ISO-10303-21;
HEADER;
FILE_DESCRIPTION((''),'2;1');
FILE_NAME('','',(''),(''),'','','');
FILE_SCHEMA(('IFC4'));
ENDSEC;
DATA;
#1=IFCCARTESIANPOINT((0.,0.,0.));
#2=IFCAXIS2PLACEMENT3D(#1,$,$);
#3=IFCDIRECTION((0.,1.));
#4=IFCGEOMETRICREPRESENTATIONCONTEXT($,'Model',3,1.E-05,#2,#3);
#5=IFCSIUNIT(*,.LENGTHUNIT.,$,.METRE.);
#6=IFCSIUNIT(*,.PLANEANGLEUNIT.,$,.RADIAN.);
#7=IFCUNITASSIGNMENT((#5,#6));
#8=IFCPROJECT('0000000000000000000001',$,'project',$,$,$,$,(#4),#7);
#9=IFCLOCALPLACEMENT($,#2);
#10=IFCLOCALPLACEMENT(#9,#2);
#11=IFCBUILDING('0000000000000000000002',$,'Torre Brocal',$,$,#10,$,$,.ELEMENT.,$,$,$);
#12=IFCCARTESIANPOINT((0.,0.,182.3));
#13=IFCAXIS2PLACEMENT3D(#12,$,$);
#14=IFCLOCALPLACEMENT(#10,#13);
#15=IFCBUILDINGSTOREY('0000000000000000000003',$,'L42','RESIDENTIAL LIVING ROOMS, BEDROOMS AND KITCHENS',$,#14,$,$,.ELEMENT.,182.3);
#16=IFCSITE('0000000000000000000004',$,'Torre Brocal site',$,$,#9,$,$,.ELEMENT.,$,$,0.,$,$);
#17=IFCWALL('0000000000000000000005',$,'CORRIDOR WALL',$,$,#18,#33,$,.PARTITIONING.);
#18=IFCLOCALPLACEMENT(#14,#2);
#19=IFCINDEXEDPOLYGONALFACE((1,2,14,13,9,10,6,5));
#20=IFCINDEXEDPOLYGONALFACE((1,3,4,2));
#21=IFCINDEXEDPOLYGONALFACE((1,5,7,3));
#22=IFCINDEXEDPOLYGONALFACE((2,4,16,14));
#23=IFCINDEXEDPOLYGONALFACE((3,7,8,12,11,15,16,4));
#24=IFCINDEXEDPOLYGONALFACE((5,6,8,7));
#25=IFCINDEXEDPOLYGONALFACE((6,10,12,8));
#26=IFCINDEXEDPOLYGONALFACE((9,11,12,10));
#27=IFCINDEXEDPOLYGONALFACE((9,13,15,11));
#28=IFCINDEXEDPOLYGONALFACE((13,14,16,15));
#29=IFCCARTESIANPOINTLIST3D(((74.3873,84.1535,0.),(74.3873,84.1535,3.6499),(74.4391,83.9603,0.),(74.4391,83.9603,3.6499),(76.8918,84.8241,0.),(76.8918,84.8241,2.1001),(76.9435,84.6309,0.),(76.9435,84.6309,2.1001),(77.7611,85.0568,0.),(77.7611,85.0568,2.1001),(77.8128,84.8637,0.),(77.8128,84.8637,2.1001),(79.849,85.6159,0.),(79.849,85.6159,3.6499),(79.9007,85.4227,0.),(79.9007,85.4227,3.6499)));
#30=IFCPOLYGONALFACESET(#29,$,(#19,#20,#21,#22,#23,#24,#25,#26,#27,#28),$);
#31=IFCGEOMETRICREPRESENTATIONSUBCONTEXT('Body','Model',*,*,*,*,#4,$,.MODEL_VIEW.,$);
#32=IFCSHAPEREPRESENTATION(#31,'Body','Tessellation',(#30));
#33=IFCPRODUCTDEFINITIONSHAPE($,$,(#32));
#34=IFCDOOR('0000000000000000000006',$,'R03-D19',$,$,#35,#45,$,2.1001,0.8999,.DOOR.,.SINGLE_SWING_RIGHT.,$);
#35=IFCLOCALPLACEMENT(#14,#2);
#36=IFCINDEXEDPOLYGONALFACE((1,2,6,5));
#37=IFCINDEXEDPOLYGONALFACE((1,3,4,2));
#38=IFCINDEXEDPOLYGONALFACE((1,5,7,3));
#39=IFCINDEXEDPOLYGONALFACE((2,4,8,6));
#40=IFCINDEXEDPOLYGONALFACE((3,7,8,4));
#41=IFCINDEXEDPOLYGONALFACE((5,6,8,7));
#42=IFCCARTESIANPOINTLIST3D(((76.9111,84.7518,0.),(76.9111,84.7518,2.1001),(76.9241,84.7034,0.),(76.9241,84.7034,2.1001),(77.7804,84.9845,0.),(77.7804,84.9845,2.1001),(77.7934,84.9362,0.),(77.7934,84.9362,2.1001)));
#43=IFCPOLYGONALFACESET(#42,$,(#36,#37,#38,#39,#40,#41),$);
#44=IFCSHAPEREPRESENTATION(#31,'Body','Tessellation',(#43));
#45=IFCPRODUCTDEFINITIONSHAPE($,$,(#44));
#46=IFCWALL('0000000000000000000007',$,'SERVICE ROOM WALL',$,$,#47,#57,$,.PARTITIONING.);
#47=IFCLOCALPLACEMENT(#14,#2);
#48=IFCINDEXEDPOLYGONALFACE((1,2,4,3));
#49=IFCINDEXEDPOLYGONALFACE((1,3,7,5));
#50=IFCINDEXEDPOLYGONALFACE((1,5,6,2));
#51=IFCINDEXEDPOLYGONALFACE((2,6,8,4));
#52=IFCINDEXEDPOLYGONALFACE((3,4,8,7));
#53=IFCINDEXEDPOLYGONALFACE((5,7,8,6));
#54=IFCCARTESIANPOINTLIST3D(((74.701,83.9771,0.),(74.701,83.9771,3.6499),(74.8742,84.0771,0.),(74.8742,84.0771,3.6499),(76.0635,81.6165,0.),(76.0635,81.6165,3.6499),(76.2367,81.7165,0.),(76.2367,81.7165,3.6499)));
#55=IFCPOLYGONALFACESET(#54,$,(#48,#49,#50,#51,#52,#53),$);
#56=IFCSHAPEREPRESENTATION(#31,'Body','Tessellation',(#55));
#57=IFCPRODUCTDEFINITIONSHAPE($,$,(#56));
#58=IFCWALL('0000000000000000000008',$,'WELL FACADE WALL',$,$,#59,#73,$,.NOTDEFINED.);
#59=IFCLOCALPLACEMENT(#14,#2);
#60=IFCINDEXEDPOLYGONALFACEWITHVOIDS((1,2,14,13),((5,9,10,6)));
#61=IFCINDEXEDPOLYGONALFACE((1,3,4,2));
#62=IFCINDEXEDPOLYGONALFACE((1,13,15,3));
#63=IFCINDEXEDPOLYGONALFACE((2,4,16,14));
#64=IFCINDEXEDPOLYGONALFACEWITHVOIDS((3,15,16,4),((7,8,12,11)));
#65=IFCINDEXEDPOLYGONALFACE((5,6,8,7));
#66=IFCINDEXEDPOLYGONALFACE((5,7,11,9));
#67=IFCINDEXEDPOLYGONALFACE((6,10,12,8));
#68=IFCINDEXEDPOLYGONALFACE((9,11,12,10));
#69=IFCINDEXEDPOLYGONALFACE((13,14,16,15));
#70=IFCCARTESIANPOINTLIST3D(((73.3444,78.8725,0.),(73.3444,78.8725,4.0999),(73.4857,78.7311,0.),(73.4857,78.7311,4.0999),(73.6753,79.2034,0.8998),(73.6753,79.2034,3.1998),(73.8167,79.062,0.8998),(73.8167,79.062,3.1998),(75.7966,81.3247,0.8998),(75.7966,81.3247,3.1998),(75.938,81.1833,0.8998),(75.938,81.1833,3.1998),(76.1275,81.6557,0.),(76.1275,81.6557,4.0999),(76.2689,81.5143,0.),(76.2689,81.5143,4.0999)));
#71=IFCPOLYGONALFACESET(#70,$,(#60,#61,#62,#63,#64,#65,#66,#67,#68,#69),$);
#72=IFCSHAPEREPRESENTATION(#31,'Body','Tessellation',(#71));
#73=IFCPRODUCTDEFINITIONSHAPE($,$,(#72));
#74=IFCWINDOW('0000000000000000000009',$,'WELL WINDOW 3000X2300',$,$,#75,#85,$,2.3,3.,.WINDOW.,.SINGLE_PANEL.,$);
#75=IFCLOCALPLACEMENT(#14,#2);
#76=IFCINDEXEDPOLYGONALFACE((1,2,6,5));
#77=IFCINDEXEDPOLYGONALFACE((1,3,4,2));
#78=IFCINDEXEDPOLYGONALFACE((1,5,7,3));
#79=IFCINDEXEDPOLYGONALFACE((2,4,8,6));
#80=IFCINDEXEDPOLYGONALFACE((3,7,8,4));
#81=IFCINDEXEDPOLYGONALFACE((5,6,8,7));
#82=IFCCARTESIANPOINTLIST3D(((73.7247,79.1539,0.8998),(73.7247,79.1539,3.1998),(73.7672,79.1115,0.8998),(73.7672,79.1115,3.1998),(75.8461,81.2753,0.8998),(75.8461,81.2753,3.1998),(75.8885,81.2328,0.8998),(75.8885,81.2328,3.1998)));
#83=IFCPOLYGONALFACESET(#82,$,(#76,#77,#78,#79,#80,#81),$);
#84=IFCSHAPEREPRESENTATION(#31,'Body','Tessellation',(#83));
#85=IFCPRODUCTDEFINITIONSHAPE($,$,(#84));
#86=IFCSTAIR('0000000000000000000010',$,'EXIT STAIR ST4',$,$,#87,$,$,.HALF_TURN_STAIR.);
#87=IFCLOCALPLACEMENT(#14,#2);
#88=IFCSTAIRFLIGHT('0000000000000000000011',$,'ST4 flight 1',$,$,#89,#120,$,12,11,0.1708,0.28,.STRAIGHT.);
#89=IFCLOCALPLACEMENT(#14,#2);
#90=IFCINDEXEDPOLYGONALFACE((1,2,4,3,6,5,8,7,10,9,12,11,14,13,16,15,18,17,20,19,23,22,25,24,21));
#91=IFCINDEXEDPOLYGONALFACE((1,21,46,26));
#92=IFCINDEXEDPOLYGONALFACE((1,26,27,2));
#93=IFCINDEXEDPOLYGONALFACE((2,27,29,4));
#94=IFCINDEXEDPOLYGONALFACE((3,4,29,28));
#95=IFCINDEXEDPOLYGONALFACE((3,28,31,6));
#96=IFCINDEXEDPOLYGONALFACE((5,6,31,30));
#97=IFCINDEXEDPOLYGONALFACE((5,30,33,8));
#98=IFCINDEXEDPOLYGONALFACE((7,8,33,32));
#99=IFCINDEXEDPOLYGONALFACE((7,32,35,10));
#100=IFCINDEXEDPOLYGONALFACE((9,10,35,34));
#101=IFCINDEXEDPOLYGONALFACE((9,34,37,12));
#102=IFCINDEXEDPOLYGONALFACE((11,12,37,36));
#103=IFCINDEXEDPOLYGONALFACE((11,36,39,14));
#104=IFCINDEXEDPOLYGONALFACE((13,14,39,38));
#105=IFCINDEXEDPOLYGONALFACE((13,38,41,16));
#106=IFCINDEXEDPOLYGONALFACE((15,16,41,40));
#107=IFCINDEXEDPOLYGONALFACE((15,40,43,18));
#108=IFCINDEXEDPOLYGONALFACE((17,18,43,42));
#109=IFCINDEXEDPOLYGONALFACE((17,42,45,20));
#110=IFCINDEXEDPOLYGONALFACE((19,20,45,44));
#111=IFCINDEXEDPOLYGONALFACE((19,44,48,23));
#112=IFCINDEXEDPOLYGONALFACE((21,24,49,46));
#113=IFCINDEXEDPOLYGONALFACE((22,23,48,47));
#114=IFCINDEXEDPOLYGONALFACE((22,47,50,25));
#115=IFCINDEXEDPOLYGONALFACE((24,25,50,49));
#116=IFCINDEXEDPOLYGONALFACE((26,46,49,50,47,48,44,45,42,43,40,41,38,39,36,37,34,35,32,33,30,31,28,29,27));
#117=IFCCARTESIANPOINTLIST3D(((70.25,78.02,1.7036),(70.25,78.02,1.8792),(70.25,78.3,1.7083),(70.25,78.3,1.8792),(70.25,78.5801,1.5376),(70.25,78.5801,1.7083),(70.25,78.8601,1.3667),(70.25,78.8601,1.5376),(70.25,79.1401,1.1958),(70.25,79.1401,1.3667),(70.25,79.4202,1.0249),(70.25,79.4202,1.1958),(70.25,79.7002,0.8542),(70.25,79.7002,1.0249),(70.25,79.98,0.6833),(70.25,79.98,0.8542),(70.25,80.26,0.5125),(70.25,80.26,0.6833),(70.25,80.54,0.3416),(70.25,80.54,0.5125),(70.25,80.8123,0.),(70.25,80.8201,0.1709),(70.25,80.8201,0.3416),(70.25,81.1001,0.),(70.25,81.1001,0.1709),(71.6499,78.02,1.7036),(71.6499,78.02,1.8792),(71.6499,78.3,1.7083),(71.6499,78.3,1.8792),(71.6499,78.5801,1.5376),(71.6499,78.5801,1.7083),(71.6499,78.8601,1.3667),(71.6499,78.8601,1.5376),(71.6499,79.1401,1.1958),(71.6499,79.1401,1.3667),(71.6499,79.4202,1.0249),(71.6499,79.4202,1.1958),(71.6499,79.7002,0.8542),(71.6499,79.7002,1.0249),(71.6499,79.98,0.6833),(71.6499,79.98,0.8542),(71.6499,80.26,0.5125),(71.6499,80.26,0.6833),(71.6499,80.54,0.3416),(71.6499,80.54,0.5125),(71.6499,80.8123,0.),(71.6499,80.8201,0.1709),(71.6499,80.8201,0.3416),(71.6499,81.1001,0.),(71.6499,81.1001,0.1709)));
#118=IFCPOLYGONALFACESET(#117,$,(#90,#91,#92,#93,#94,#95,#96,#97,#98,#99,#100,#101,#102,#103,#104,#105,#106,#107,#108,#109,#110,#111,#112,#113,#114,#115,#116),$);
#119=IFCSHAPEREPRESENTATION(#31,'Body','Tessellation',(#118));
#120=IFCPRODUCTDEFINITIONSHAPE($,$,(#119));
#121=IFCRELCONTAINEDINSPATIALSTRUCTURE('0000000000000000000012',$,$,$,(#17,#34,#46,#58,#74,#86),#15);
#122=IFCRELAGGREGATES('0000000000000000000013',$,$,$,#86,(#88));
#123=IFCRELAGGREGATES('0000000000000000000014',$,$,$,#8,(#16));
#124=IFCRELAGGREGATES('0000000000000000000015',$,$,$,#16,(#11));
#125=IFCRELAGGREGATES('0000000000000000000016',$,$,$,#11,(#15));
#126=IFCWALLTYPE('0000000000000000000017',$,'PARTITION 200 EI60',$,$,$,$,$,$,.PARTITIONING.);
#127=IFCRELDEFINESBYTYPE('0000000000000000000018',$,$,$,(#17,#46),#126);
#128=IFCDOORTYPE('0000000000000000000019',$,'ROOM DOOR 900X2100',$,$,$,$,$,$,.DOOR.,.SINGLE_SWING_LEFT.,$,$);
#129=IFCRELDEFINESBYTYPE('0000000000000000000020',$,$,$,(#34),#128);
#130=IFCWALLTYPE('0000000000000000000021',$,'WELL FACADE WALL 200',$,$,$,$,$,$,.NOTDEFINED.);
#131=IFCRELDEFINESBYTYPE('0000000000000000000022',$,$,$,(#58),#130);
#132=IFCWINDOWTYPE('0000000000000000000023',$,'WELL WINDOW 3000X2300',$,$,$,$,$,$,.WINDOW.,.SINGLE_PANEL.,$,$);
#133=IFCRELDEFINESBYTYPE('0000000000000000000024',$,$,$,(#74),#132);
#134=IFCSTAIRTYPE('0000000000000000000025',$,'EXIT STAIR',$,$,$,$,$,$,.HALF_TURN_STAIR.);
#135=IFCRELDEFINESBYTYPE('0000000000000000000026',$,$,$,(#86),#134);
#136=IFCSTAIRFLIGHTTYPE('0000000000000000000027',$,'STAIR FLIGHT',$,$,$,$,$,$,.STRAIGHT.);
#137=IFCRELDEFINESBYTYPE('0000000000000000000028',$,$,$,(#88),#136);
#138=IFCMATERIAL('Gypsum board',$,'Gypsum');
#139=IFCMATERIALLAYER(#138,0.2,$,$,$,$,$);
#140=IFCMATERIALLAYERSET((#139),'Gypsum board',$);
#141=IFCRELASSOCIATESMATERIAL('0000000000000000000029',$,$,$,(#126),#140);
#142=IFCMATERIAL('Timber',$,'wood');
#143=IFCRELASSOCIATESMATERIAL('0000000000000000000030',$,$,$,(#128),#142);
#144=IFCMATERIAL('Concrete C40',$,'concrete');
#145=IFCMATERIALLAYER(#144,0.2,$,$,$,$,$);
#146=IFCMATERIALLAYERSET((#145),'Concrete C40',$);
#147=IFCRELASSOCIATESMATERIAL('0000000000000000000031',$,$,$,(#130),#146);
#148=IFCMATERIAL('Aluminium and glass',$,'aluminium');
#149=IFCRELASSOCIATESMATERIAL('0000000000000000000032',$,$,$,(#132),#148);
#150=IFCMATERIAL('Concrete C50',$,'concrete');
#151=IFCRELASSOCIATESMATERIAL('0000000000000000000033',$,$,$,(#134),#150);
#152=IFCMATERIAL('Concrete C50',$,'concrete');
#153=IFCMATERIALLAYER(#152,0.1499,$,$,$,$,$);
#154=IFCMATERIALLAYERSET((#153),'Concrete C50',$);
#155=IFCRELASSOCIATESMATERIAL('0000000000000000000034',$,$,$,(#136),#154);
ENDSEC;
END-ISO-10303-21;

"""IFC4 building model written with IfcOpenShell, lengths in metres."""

from ifc_helpers import new_model, si_unit, direction, frame, frame_2d, origin, place, context, subcontext, project, spatial, polyline, rectangle, outline, extrude, material, layer, layer_set, type_object, element, fill, aggregate, save


model = new_model("IFC4")

# Units and contexts
model_context = context("Model", 3, precision=1e-05, world=origin(), true_north=direction((0.0, 1.0)))
body_context = subcontext(model_context, "Body", "Model", "MODEL_VIEW")
ifc_project = project(units=[si_unit("LENGTHUNIT", "METRE"), si_unit("PLANEANGLEUNIT", "RADIAN")], contexts=[model_context])

# Site, building, storey
site_placement = place(None, origin())
site = spatial("IfcSite", under=ifc_project, at=site_placement, Name="Torre Brocal site", CompositionType="ELEMENT", RefElevation=0.0)
building_placement = place(site_placement, origin())
building = spatial("IfcBuilding", under=site, at=building_placement, Name="Torre Brocal", CompositionType="ELEMENT")
storey_placement = place(building_placement, frame((0.0, 0.0, 182.3)))
storey = spatial("IfcBuildingStorey", under=building, at=storey_placement, Name="L42", Description="RESIDENTIAL LIVING ROOMS, BEDROOMS AND KITCHENS", CompositionType="ELEMENT", Elevation=182.3)

# Wall, opening, door
ifc_material_1 = material(Name="Gypsum board", Category="Gypsum")
ifc_layer_1 = layer(ifc_material_1, 0.2)
ifc_layer_set_1 = layer_set([ifc_layer_1], Name="Gypsum board")
wall_type_1 = type_object("IfcWallType", Name="PARTITION 200 EI60", PredefinedType="PARTITIONING", material=ifc_layer_set_1)
ifc_material_2 = material(Name="Timber", Category="wood")
door_type_1 = type_object("IfcDoorType", Name="ROOM DOOR 900X2100", OperationType="SINGLE_SWING_LEFT", PredefinedType="DOOR", material=ifc_material_2)
wall_1_placement = place(storey_placement, frame((74.4131, 84.0569, 0.0), z_axis=(0.0, 0.0, 1.0), x_axis=(0.965972, 0.258646, 0.0)))
wall_1 = element("IfcWall", 1, at=wall_1_placement, inside=storey, type_object=wall_type_1, Name="CORRIDOR WALL", PredefinedType="PARTITIONING", context=body_context, shape_type="SweptSolid", body=[
    extrude(rectangle(XDim=5.6541, YDim=0.2, at=frame_2d((2.8271, 0.0))), origin(), (0.0, 0.0, 1.0), 3.6499),
])
opening_1_placement = place(wall_1_placement, frame((2.5928, 0.0, 0.0)))
opening_1 = element("IfcOpeningElement", 2, at=opening_1_placement, cuts=wall_1, PredefinedType="OPENING", context=body_context, shape_type="SweptSolid", body=[
    extrude(rectangle(XDim=0.8999, YDim=2.1001, at=frame_2d((0.45, 1.05))), frame((0.0, 0.1099, 0.0), z_axis=(0.0, -1.0, 0.0), x_axis=(1.0, 0.0, 0.0)), (0.0, 0.0, 1.0), 0.22),
])
door_1_placement = place(opening_1_placement, frame((0.8999, 0.0, 0.0), z_axis=(0.0, 0.0, 1.0), x_axis=(-1.0, 0.0, 0.0)))
door_1 = element("IfcDoor", 3, at=door_1_placement, inside=storey, type_object=door_type_1, Name="R03-D19", OperationType="SINGLE_SWING_RIGHT", OverallHeight=2.1001, OverallWidth=0.8999, PredefinedType="DOOR", context=body_context, shape_type="SweptSolid", body=[
    extrude(rectangle(XDim=0.8999, YDim=2.1001, at=frame_2d((0.45, 1.05))), frame((0.0, 0.0249, 0.0), z_axis=(0.0, -1.0, 0.0), x_axis=(1.0, 0.0, 0.0)), (0.0, 0.0, 1.0), 0.05),
])
fill(opening_1, door_1)

# Wall
wall_2_placement = place(storey_placement, frame((74.7876, 84.0271, 0.0), z_axis=(0.0, 0.0, 1.0), x_axis=(0.499906, -0.86608, 0.0)))
element("IfcWall", 4, at=wall_2_placement, inside=storey, type_object=wall_type_1, Name="SERVICE ROOM WALL", PredefinedType="PARTITIONING", context=body_context, shape_type="SweptSolid", body=[
    extrude(rectangle(XDim=2.7256, YDim=0.2, at=frame_2d((1.3628, 0.0))), origin(), (0.0, 0.0, 1.0), 3.6499),
])

# Wall, opening, window
ifc_material_3 = material(Name="Concrete C40", Category="concrete")
ifc_layer_2 = layer(ifc_material_3, 0.2)
ifc_layer_set_2 = layer_set([ifc_layer_2], Name="Concrete C40")
wall_type_2 = type_object("IfcWallType", Name="WELL FACADE WALL 200", PredefinedType="NOTDEFINED", material=ifc_layer_set_2)
wall_3_placement = place(storey_placement, frame((76.1982, 81.585, 0.0), z_axis=(0.0, 0.0, 1.0), x_axis=(-0.707107, -0.707107, 0.0)))
wall_3 = element("IfcWall", 5, at=wall_3_placement, inside=storey, type_object=wall_type_2, Name="WELL FACADE WALL", PredefinedType="NOTDEFINED", context=body_context, shape_type="SweptSolid", body=[
    extrude(rectangle(XDim=3.936, YDim=0.2, at=frame_2d((1.968, 0.0))), origin(), (0.0, 0.0, 1.0), 4.0999),
])
opening_2_placement = place(wall_3_placement, frame((0.468, 0.0, 0.8999)))
opening_2 = element("IfcOpeningElement", 6, at=opening_2_placement, cuts=wall_3, PredefinedType="OPENING", context=body_context, shape_type="SweptSolid", body=[
    extrude(rectangle(XDim=3.0, YDim=2.3, at=frame_2d((1.5, 1.1499))), frame((0.0, 0.1099, 0.0), z_axis=(0.0, -1.0, 0.0), x_axis=(1.0, 0.0, 0.0)), (0.0, 0.0, 1.0), 0.22),
])
ifc_material_4 = material(Name="Aluminium and glass", Category="aluminium")
window_type = type_object("IfcWindowType", Name="WELL WINDOW 3000X2300", PartitioningType="SINGLE_PANEL", PredefinedType="WINDOW", material=ifc_material_4)
window_placement = place(opening_2_placement, origin())
window = element("IfcWindow", 7, at=window_placement, inside=storey, type_object=window_type, Name="WELL WINDOW 3000X2300", OverallHeight=2.3, OverallWidth=3.0, PartitioningType="SINGLE_PANEL", PredefinedType="WINDOW", context=body_context, shape_type="SweptSolid", body=[
    extrude(rectangle(XDim=3.0, YDim=2.3, at=frame_2d((1.5, 1.1499))), frame((0.0, 0.03, 0.0), z_axis=(0.0, -1.0, 0.0), x_axis=(1.0, 0.0, 0.0)), (0.0, 0.0, 1.0), 0.0601),
])
fill(opening_2, window)

# Stair, stair flight
ifc_material_5 = material(Name="Concrete C50", Category="concrete")
stair_type = type_object("IfcStairType", Name="EXIT STAIR", PredefinedType="HALF_TURN_STAIR", material=ifc_material_5)
stair_placement = place(storey_placement, origin())
stair = element("IfcStair", 8, at=stair_placement, inside=storey, type_object=stair_type, Name="EXIT STAIR ST4", PredefinedType="HALF_TURN_STAIR")
ifc_material_6 = material(Name="Concrete C50", Category="concrete")
ifc_layer_3 = layer(ifc_material_6, 0.1499)
ifc_layer_set_3 = layer_set([ifc_layer_3], Name="Concrete C50")
stair_flight_type = type_object("IfcStairFlightType", Name="STAIR FLIGHT", PredefinedType="STRAIGHT", material=ifc_layer_set_3)
stair_flight_placement = place(storey_placement, frame((70.95, 81.1001, 0.0), z_axis=(0.0, 0.0, 1.0), x_axis=(0.0, -1.0, 0.0)))
stair_flight = element("IfcStairFlight", 9, at=stair_flight_placement, type_object=stair_flight_type, Name="ST4 flight 1", NumberOfRisers=12, NumberOfTreads=11, PredefinedType="STRAIGHT", RiserHeight=0.1708, TreadLength=0.28, context=body_context, shape_type="SweptSolid", body=[
    extrude(outline(polyline([(0.0, 0.0), (0.0, 0.1709), (0.28, 0.1709), (0.28, 0.3416), (0.5601, 0.3416), (0.5601, 0.5125), (0.8401, 0.5125), (0.8401, 0.6833), (1.1201, 0.6833), (1.1201, 0.8542), (1.3999, 0.8542), (1.3999, 1.0249), (1.6799, 1.0249), (1.6799, 1.1958), (1.96, 1.1958), (1.96, 1.3667), (2.24, 1.3667), (2.24, 1.5376), (2.52, 1.5376), (2.52, 1.7083), (2.8, 1.7083), (2.8, 1.8792), (3.0801, 1.8792), (3.0801, 2.05), (3.0801, 1.7036), (0.2878, 0.0), (0.0, 0.0)])), frame((0.0, 0.7, 0.0), z_axis=(0.0, -1.0, 0.0), x_axis=(1.0, 0.0, 0.0)), (0.0, 0.0, 1.0), 1.3999),
])
aggregate(stair, [stair_flight])

save(model, "model.ifc")
